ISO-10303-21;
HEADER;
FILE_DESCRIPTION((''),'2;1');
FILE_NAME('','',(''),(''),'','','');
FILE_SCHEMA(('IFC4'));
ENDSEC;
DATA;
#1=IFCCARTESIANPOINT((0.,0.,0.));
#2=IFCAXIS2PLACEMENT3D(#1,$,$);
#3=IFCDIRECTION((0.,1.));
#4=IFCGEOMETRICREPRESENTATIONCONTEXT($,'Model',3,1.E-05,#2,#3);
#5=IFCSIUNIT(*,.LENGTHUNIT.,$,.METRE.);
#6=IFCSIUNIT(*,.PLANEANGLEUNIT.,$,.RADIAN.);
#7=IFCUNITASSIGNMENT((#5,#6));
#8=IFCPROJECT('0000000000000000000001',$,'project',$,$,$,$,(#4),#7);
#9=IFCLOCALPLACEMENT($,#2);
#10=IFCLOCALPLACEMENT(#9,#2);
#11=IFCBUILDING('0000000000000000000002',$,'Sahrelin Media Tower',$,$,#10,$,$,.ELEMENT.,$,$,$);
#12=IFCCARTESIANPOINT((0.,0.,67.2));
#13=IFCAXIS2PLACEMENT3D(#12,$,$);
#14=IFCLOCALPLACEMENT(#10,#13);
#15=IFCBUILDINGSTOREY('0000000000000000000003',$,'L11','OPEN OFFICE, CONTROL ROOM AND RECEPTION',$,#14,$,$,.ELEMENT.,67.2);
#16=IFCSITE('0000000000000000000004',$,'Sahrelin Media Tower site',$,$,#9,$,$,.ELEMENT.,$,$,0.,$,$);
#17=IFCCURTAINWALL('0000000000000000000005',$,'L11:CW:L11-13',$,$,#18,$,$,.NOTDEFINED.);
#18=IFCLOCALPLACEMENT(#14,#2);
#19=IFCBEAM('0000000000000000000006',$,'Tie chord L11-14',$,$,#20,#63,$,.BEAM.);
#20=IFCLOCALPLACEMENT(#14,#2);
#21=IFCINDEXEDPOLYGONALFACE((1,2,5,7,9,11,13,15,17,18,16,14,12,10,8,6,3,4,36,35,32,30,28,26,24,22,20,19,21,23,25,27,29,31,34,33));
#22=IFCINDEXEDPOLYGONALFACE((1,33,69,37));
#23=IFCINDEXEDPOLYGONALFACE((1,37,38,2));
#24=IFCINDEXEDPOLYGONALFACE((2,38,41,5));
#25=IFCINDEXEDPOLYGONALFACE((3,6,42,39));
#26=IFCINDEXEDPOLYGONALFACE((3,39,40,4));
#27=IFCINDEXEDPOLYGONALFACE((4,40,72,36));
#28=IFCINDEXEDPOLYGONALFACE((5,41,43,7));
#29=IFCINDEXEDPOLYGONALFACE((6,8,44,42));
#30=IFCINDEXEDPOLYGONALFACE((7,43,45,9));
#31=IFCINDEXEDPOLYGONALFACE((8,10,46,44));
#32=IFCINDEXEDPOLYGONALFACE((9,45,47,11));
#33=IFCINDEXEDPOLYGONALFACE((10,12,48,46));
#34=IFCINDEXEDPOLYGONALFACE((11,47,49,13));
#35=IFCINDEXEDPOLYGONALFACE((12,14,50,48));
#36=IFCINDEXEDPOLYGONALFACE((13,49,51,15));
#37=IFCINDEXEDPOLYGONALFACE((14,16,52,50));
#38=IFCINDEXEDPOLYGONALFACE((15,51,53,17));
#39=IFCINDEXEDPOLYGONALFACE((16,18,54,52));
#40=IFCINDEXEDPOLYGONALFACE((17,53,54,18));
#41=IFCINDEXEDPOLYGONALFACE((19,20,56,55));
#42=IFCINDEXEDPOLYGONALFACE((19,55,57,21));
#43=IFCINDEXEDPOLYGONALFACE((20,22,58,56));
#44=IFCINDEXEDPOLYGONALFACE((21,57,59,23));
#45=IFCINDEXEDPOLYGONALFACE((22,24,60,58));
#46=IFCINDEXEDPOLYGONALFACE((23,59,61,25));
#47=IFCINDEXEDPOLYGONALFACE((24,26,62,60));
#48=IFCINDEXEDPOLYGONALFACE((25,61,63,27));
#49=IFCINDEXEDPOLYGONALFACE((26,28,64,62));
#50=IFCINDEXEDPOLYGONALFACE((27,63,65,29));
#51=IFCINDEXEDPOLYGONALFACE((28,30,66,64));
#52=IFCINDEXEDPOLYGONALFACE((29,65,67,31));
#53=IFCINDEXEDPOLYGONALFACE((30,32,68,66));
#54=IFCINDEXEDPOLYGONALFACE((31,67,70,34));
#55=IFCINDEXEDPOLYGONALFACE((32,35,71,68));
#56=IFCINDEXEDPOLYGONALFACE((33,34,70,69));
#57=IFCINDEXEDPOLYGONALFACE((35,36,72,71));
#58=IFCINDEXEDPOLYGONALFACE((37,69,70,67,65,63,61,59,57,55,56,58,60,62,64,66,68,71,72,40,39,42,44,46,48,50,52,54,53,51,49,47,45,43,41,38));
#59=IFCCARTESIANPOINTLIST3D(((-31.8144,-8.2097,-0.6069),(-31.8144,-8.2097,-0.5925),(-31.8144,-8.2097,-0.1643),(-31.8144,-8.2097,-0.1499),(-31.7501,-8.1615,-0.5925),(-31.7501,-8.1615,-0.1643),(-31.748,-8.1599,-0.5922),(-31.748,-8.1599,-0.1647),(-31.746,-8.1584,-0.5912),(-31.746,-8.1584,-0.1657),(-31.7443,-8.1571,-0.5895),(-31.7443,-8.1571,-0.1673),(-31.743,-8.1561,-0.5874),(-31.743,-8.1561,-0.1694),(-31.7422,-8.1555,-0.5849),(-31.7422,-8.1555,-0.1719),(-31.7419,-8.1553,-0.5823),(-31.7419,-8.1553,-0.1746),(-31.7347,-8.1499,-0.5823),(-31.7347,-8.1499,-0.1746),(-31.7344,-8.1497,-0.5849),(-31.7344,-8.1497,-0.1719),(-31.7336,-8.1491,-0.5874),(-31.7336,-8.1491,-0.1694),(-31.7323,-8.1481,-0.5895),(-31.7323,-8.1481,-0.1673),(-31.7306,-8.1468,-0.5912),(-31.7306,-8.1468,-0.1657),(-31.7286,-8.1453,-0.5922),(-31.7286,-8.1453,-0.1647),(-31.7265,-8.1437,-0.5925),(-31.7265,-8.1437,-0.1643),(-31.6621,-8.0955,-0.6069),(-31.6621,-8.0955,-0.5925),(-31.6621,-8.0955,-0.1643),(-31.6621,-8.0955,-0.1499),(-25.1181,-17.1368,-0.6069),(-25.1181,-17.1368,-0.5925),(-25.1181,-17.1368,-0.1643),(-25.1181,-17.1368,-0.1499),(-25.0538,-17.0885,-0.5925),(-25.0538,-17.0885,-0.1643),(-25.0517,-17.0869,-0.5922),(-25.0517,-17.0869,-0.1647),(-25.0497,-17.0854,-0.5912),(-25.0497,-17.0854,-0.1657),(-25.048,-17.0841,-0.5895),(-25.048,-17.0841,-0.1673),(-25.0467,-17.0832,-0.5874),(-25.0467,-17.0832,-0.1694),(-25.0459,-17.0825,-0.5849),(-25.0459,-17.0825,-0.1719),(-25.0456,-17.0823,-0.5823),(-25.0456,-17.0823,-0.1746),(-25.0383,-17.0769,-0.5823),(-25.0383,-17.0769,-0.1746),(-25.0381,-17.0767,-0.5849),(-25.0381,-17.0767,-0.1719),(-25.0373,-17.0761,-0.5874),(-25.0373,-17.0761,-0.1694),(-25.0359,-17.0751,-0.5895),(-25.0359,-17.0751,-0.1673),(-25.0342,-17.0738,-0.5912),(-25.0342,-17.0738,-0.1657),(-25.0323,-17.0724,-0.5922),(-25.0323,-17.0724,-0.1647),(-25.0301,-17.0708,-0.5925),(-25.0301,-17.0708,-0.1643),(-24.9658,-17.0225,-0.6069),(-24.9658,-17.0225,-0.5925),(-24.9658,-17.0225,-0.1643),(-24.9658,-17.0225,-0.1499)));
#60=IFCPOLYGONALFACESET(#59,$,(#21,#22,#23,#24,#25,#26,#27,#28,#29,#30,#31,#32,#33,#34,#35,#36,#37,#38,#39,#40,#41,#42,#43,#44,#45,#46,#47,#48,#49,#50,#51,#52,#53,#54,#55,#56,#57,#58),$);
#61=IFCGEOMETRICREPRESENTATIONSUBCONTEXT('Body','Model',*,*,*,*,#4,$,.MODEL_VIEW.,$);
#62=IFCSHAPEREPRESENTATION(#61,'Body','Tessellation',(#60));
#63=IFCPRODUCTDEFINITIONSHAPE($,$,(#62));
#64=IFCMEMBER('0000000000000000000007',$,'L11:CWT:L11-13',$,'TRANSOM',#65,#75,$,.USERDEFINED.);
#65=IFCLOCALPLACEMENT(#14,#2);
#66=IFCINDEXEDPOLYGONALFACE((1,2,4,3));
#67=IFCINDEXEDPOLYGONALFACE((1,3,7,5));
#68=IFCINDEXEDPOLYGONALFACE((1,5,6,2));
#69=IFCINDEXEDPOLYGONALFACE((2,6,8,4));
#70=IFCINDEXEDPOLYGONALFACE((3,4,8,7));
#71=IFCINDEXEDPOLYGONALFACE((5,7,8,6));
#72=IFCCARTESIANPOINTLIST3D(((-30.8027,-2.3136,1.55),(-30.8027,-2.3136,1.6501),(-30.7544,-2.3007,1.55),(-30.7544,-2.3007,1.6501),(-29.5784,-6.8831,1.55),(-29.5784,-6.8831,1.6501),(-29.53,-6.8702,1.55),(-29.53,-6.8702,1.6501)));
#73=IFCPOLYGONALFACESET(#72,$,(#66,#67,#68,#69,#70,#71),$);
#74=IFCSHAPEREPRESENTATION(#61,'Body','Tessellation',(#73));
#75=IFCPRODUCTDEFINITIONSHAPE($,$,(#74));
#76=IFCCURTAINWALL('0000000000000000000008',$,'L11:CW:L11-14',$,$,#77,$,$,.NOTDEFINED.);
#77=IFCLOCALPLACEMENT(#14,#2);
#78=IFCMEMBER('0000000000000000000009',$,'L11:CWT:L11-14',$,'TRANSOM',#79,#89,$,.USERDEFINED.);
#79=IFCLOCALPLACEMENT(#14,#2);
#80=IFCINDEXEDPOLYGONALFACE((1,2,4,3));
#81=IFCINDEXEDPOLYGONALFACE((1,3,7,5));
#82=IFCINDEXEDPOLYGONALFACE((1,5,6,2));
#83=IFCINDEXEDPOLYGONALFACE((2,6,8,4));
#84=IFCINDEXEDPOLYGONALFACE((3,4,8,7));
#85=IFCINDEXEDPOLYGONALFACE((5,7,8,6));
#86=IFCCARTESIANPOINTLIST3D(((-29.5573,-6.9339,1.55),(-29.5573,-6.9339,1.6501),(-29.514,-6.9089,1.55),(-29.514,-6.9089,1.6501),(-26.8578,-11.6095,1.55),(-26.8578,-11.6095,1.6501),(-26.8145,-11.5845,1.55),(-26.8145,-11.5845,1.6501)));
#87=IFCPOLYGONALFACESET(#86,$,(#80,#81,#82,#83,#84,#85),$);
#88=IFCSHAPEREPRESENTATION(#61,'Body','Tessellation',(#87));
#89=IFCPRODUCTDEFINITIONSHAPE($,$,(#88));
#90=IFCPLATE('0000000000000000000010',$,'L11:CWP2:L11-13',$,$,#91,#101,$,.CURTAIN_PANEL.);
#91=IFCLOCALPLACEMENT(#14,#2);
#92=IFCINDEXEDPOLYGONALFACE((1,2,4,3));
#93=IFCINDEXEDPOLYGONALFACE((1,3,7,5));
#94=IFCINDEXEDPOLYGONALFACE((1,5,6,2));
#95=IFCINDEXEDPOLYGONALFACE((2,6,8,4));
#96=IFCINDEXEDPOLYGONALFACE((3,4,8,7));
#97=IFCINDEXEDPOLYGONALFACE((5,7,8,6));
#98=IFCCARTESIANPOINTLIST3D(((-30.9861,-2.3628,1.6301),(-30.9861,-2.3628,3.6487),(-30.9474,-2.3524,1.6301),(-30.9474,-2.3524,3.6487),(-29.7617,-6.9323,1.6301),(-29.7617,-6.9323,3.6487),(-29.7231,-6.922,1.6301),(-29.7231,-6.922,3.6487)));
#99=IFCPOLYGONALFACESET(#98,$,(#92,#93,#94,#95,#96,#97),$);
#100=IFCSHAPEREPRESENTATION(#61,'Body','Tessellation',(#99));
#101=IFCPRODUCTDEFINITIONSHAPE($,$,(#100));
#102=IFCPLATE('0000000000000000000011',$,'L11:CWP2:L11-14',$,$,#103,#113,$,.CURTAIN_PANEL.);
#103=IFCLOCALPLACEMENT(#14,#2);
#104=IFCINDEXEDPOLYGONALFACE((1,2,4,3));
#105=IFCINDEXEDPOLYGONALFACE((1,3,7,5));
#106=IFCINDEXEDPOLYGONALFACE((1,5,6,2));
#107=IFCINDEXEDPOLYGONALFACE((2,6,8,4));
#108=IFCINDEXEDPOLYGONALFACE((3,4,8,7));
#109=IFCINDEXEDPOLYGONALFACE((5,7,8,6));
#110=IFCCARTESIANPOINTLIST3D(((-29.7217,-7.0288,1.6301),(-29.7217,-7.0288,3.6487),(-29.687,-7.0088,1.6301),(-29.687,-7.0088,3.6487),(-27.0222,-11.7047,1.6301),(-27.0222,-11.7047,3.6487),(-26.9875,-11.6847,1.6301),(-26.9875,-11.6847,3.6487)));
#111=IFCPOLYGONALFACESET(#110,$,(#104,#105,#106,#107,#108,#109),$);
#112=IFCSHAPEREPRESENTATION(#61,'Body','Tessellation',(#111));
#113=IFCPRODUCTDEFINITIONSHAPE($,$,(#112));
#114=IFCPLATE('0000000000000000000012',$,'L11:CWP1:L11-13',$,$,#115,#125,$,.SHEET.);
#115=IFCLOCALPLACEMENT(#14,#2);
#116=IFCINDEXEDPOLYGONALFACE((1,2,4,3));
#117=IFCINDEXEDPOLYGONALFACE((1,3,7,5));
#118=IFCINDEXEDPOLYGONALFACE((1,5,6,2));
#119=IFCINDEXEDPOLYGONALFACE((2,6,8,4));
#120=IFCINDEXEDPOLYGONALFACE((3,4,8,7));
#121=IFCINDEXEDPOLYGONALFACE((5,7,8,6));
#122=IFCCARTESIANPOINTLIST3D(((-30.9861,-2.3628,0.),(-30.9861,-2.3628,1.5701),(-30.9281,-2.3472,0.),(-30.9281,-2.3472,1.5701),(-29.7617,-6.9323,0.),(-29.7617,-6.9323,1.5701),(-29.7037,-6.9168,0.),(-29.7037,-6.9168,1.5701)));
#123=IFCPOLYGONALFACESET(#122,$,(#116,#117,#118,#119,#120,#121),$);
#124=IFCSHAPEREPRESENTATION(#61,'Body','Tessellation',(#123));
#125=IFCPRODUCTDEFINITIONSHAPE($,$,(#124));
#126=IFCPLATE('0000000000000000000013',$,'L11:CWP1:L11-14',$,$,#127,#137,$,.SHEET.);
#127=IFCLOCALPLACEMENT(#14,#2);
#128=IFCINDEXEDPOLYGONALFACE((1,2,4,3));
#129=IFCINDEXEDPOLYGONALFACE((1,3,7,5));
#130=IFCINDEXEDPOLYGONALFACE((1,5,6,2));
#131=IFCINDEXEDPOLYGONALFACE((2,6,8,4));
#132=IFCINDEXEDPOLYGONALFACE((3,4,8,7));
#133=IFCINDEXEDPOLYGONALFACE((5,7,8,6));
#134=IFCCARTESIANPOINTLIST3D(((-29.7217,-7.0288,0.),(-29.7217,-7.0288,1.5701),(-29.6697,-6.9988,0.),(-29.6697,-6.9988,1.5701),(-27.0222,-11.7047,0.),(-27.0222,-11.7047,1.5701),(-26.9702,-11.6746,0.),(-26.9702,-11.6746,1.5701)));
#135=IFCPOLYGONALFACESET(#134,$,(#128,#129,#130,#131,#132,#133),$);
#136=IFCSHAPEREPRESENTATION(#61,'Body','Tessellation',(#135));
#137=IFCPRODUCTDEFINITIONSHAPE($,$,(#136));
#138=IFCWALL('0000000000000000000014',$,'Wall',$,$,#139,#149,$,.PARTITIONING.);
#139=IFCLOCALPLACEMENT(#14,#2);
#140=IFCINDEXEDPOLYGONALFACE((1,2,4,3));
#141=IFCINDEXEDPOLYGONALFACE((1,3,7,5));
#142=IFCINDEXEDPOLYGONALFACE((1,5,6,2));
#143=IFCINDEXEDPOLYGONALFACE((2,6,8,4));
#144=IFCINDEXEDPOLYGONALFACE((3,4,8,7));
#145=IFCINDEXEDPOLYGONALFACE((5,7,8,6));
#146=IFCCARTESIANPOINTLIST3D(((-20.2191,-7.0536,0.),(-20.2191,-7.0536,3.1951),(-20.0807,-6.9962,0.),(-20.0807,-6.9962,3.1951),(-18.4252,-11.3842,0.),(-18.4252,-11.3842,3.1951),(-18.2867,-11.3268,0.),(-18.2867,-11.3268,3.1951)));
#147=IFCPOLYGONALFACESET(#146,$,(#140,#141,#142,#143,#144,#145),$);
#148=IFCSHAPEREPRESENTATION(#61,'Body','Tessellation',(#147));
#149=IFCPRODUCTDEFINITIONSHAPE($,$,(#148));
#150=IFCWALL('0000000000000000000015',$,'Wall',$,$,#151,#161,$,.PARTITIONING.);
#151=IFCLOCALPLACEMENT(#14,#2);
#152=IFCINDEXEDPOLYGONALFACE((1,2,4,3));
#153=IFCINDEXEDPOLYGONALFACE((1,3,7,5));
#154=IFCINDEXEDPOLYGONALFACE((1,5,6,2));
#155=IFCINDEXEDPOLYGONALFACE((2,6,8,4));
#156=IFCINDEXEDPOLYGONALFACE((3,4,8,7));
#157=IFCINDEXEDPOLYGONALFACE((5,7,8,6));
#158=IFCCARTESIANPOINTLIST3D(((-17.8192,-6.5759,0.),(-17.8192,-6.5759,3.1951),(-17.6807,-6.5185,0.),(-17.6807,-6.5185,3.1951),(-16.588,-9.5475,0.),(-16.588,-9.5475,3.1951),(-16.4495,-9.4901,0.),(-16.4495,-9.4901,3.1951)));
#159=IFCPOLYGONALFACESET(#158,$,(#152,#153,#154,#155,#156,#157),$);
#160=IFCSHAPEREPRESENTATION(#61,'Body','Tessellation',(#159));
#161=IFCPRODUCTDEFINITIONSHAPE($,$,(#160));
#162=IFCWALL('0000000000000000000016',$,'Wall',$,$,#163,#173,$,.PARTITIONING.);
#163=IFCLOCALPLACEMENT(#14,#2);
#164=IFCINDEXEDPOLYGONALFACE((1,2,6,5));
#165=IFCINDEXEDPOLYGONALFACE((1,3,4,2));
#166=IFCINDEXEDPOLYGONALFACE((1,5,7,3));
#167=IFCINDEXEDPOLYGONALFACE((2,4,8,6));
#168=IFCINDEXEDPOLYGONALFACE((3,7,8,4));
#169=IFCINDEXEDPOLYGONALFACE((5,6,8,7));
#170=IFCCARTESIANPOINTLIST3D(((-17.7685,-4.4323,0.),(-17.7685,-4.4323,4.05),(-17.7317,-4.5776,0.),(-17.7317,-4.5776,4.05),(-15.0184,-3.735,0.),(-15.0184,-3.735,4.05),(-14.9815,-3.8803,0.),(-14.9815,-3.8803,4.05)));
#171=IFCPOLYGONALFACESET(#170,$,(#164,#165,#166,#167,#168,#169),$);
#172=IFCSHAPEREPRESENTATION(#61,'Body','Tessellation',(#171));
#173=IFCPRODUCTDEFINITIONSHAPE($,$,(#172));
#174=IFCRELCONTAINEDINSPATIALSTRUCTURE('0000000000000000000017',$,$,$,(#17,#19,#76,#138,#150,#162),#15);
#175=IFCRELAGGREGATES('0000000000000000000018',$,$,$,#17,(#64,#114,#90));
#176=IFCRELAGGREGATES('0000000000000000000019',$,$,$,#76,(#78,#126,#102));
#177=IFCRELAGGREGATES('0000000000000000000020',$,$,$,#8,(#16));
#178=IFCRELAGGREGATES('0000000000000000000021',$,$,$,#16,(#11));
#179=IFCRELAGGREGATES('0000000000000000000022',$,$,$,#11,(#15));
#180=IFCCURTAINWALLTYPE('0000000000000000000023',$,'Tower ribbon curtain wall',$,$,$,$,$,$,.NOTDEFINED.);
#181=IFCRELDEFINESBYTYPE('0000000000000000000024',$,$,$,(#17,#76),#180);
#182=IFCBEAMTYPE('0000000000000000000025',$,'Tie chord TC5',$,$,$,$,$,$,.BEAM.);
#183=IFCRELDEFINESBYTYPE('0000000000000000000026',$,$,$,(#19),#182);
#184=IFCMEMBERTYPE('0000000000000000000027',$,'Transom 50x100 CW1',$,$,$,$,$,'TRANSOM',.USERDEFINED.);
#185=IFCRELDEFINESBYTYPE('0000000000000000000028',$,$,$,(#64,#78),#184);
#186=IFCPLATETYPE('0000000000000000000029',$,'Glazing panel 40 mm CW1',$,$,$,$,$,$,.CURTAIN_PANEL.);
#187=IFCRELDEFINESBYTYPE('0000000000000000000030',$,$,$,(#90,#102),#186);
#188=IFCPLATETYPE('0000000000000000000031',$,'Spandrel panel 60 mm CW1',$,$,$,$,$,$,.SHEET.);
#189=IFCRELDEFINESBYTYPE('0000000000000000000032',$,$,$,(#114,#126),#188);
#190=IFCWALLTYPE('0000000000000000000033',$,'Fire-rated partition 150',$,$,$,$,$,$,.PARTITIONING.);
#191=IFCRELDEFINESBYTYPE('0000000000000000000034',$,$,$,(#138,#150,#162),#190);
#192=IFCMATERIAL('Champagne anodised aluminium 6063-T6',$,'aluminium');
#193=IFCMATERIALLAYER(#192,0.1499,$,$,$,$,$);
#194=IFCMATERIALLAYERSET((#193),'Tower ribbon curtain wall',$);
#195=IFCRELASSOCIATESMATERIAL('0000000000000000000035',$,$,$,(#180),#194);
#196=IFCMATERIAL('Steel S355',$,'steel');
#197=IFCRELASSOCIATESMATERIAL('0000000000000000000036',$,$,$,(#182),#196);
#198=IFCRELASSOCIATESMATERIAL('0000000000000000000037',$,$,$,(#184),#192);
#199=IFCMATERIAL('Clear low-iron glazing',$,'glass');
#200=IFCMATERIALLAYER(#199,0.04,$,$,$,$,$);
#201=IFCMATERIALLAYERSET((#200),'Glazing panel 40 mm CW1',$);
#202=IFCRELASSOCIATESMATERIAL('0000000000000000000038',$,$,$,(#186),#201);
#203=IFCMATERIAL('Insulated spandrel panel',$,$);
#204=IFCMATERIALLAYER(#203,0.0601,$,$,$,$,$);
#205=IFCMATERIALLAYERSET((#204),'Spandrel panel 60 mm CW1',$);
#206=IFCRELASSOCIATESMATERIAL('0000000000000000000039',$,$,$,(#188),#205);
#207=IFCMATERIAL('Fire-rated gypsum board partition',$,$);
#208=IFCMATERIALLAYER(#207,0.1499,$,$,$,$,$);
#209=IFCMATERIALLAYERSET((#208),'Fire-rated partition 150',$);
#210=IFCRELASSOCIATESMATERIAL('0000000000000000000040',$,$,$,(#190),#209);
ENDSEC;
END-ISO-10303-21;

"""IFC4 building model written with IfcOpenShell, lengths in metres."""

from ifc_helpers import new_model, si_unit, direction, frame, frame_2d, origin, origin_2d, place, context, subcontext, project, spatial, polyline, rectangle, i_section, outline, extrude, material, layer, layer_set, material_profile, profile_set, type_object, element, aggregate, save


model = new_model("IFC4")

# Units and contexts
model_context = context("Model", 3, precision=1e-05, world=origin(), true_north=direction((0.0, 1.0)))
body_context = subcontext(model_context, "Body", "Model", "MODEL_VIEW")
ifc_project = project(units=[si_unit("LENGTHUNIT", "METRE"), si_unit("PLANEANGLEUNIT", "RADIAN")], contexts=[model_context])

# Site, building, storey
site_placement = place(None, origin())
site = spatial("IfcSite", under=ifc_project, at=site_placement, Name="Sahrelin Media Tower site", CompositionType="ELEMENT", RefElevation=0.0)
building_placement = place(site_placement, origin())
building = spatial("IfcBuilding", under=site, at=building_placement, Name="Sahrelin Media Tower", CompositionType="ELEMENT")
storey_placement = place(building_placement, frame((0.0, 0.0, 67.2)))
storey = spatial("IfcBuildingStorey", under=building, at=storey_placement, Name="L11", Description="OPEN OFFICE, CONTROL ROOM AND RECEPTION", CompositionType="ELEMENT", Elevation=67.2)

# Shared definitions
ifc_material_1 = material(Name="Steel S355", Category="steel")

# Curtain wall
ifc_material_2 = material(Name="Champagne anodised aluminium 6063-T6", Category="aluminium")
ifc_layer_1 = layer(ifc_material_2, 0.1499)
ifc_layer_set_1 = layer_set([ifc_layer_1], Name="Tower ribbon curtain wall")
curtain_wall_type = type_object("IfcCurtainWallType", Name="Tower ribbon curtain wall", PredefinedType="NOTDEFINED", material=ifc_layer_set_1)
curtain_wall_1_placement = place(storey_placement, frame((-30.3547, -4.6423, 0.0), z_axis=(0.0, 0.0, 1.0), x_axis=(1.0, 0.0, 0.0)))
curtain_wall_1 = element("IfcCurtainWall", 1, at=curtain_wall_1_placement, inside=storey, type_object=curtain_wall_type, Name="L11:CW:L11-13", PredefinedType="NOTDEFINED")

# Beam
ifc_material_profile_1 = material_profile(ifc_material_1, i_section(OverallWidth=0.1904, OverallDepth=0.457, WebThickness=0.009, FlangeThickness=0.0144, FilletRadius=0.0103, at=origin_2d()), Name="UB 457x191x74")
ifc_profile_set_1 = profile_set([ifc_material_profile_1], Name="Steel S355")
beam_type_1 = type_object("IfcBeamType", Name="Tie chord TC5", PredefinedType="BEAM", material=ifc_profile_set_1)
beam_1_placement = place(storey_placement, frame((-31.7383, -8.1526, -0.3784), z_axis=(0.60006, -0.799955, 0.0), x_axis=(0.799955, 0.60006, 0.0)))
element("IfcBeam", 2, at=beam_1_placement, inside=storey, type_object=beam_type_1, Name="Tie chord L11-14", PredefinedType="BEAM", context=body_context, shape_type="SweptSolid", body=[
    extrude(i_section(OverallWidth=0.1904, OverallDepth=0.457, WebThickness=0.009, FlangeThickness=0.0144, FilletRadius=0.0103, at=origin_2d()), origin(), (0.0, 0.0, 1.0), 11.1594),
])

# Member
ifc_material_profile_2 = material_profile(ifc_material_2, rectangle(XDim=0.05, YDim=0.1001, at=origin_2d()), Name="Transom 50x100")
ifc_profile_set_2 = profile_set([ifc_material_profile_2], Name="Champagne anodised aluminium 6063-T6")
member_type_1 = type_object("IfcMemberType", Name="Transom 50x100 CW1", ElementType="TRANSOM", PredefinedType="USERDEFINED", material=ifc_profile_set_2)
member_1_placement = place(storey_placement, frame((-30.7786, -2.3071, 1.6001), z_axis=(0.258809, -0.965928, 0.0), x_axis=(0.965928, 0.258809, 0.0)))
member_1 = element("IfcMember", 3, at=member_1_placement, type_object=member_type_1, Name="L11:CWT:L11-13", ObjectType="TRANSOM", PredefinedType="USERDEFINED", context=body_context, shape_type="SweptSolid", body=[
    extrude(rectangle(XDim=0.05, YDim=0.1001, at=origin_2d()), origin(), (0.0, 0.0, 1.0), 4.7307),
])

# Curtain wall, member
curtain_wall_2_placement = place(storey_placement, frame((-28.3547, -9.3567, 0.0), z_axis=(0.0, 0.0, 1.0), x_axis=(1.0, 0.0, 0.0)))
curtain_wall_2 = element("IfcCurtainWall", 4, at=curtain_wall_2_placement, inside=storey, type_object=curtain_wall_type, Name="L11:CW:L11-14", PredefinedType="NOTDEFINED")
member_2_placement = place(storey_placement, frame((-29.5356, -6.9214, 1.6001), z_axis=(0.500006, -0.866022, 0.0), x_axis=(0.866022, 0.500006, 0.0)))
member_2 = element("IfcMember", 5, at=member_2_placement, type_object=member_type_1, Name="L11:CWT:L11-14", ObjectType="TRANSOM", PredefinedType="USERDEFINED", context=body_context, shape_type="SweptSolid", body=[
    extrude(rectangle(XDim=0.05, YDim=0.1001, at=origin_2d()), origin(), (0.0, 0.0, 1.0), 5.3989),
])

# Plates
ifc_material_3 = material(Name="Clear low-iron glazing", Category="glass")
ifc_layer_2 = layer(ifc_material_3, 0.04)
ifc_layer_set_2 = layer_set([ifc_layer_2], Name="Glazing panel 40 mm CW1")
plate_type_1 = type_object("IfcPlateType", Name="Glazing panel 40 mm CW1", PredefinedType="CURTAIN_PANEL", material=ifc_layer_set_2)
plate_1_placement = place(storey_placement, frame((-30.9861, -2.3628, 1.6301), z_axis=(-0.965928, -0.258809, 0.0), x_axis=(0.258809, -0.965928, 0.0)))
plate_1 = element("IfcPlate", 6, at=plate_1_placement, type_object=plate_type_1, Name="L11:CWP2:L11-13", PredefinedType="CURTAIN_PANEL", context=body_context, shape_type="SweptSolid", body=[
    extrude(outline(polyline([(0.0, 0.0), (4.7307, 0.0), (4.7307, 2.0186), (0.0, 2.0186), (0.0, 0.0)])), origin(), (0.0, 0.0, -1.0), 0.04),
])
plate_2_placement = place(storey_placement, frame((-29.7217, -7.0288, 1.6301), z_axis=(-0.866033, -0.499986, 0.0), x_axis=(0.499986, -0.866033, 0.0)))
plate_2 = element("IfcPlate", 7, at=plate_2_placement, type_object=plate_type_1, Name="L11:CWP2:L11-14", PredefinedType="CURTAIN_PANEL", context=body_context, shape_type="SweptSolid", body=[
    extrude(outline(polyline([(0.0, 0.0), (5.3992, 0.0), (5.3992, 2.0186), (0.0, 2.0186), (0.0, 0.0)])), origin(), (0.0, 0.0, -1.0), 0.04),
])
ifc_material_4 = material(Name="Insulated spandrel panel")
ifc_layer_3 = layer(ifc_material_4, 0.0601)
ifc_layer_set_3 = layer_set([ifc_layer_3], Name="Spandrel panel 60 mm CW1")
plate_type_2 = type_object("IfcPlateType", Name="Spandrel panel 60 mm CW1", PredefinedType="SHEET", material=ifc_layer_set_3)
plate_3_placement = place(storey_placement, frame((-30.9861, -2.3628, 0.0), z_axis=(-0.965928, -0.258809, 0.0), x_axis=(0.258809, -0.965928, 0.0)))
plate_3 = element("IfcPlate", 8, at=plate_3_placement, type_object=plate_type_2, Name="L11:CWP1:L11-13", PredefinedType="SHEET", context=body_context, shape_type="SweptSolid", body=[
    extrude(outline(polyline([(0.0, 0.0), (4.7307, 0.0), (4.7307, 1.5701), (0.0, 1.5701), (0.0, 0.0)])), origin(), (0.0, 0.0, -1.0), 0.0601),
])
aggregate(curtain_wall_1, [member_1, plate_3, plate_1])
plate_4_placement = place(storey_placement, frame((-29.7217, -7.0288, 0.0), z_axis=(-0.866033, -0.499986, 0.0), x_axis=(0.499986, -0.866033, 0.0)))
plate_4 = element("IfcPlate", 9, at=plate_4_placement, type_object=plate_type_2, Name="L11:CWP1:L11-14", PredefinedType="SHEET", context=body_context, shape_type="SweptSolid", body=[
    extrude(outline(polyline([(0.0, 0.0), (5.3992, 0.0), (5.3992, 1.5701), (0.0, 1.5701), (0.0, 0.0)])), origin(), (0.0, 0.0, -1.0), 0.0601),
])
aggregate(curtain_wall_2, [member_2, plate_4, plate_2])

# Walls
ifc_material_5 = material(Name="Fire-rated gypsum board partition")
ifc_layer_4 = layer(ifc_material_5, 0.1499)
ifc_layer_set_4 = layer_set([ifc_layer_4], Name="Fire-rated partition 150")
wall_type_1 = type_object("IfcWallType", Name="Fire-rated partition 150", PredefinedType="PARTITIONING", material=ifc_layer_set_4)
wall_1_placement = place(storey_placement, frame((-20.1499, -7.0249, 0.0), z_axis=(0.0, 0.0, 1.0), x_axis=(0.382714, -0.923867, 0.0)))
element("IfcWall", 10, at=wall_1_placement, inside=storey, type_object=wall_type_1, Name="Wall", PredefinedType="PARTITIONING", context=body_context, shape_type="SweptSolid", body=[
    extrude(rectangle(XDim=4.6875, YDim=0.1499, at=frame_2d((2.3438, 0.0))), origin(), (0.0, 0.0, 1.0), 3.1951),
])
wall_2_placement = place(storey_placement, frame((-17.75, -6.5471, 0.0), z_axis=(0.0, 0.0, 1.0), x_axis=(0.382761, -0.923848, 0.0)))
element("IfcWall", 11, at=wall_2_placement, inside=storey, type_object=wall_type_1, Name="Wall", PredefinedType="PARTITIONING", context=body_context, shape_type="SweptSolid", body=[
    extrude(rectangle(XDim=3.2166, YDim=0.1499, at=frame_2d((1.6084, 0.0))), origin(), (0.0, 0.0, 1.0), 3.1951),
])
wall_3_placement = place(storey_placement, frame((-17.75, -4.5049, 0.0), z_axis=(0.0, 0.0, 1.0), x_axis=(0.969332, 0.245754, 0.0)))
element("IfcWall", 12, at=wall_3_placement, inside=storey, type_object=wall_type_1, Name="Wall", PredefinedType="PARTITIONING", context=body_context, shape_type="SweptSolid", body=[
    extrude(rectangle(XDim=2.8372, YDim=0.1499, at=frame_2d((1.4185, 0.0))), origin(), (0.0, 0.0, 1.0), 4.05),
])

save(model, "model.ifc")
